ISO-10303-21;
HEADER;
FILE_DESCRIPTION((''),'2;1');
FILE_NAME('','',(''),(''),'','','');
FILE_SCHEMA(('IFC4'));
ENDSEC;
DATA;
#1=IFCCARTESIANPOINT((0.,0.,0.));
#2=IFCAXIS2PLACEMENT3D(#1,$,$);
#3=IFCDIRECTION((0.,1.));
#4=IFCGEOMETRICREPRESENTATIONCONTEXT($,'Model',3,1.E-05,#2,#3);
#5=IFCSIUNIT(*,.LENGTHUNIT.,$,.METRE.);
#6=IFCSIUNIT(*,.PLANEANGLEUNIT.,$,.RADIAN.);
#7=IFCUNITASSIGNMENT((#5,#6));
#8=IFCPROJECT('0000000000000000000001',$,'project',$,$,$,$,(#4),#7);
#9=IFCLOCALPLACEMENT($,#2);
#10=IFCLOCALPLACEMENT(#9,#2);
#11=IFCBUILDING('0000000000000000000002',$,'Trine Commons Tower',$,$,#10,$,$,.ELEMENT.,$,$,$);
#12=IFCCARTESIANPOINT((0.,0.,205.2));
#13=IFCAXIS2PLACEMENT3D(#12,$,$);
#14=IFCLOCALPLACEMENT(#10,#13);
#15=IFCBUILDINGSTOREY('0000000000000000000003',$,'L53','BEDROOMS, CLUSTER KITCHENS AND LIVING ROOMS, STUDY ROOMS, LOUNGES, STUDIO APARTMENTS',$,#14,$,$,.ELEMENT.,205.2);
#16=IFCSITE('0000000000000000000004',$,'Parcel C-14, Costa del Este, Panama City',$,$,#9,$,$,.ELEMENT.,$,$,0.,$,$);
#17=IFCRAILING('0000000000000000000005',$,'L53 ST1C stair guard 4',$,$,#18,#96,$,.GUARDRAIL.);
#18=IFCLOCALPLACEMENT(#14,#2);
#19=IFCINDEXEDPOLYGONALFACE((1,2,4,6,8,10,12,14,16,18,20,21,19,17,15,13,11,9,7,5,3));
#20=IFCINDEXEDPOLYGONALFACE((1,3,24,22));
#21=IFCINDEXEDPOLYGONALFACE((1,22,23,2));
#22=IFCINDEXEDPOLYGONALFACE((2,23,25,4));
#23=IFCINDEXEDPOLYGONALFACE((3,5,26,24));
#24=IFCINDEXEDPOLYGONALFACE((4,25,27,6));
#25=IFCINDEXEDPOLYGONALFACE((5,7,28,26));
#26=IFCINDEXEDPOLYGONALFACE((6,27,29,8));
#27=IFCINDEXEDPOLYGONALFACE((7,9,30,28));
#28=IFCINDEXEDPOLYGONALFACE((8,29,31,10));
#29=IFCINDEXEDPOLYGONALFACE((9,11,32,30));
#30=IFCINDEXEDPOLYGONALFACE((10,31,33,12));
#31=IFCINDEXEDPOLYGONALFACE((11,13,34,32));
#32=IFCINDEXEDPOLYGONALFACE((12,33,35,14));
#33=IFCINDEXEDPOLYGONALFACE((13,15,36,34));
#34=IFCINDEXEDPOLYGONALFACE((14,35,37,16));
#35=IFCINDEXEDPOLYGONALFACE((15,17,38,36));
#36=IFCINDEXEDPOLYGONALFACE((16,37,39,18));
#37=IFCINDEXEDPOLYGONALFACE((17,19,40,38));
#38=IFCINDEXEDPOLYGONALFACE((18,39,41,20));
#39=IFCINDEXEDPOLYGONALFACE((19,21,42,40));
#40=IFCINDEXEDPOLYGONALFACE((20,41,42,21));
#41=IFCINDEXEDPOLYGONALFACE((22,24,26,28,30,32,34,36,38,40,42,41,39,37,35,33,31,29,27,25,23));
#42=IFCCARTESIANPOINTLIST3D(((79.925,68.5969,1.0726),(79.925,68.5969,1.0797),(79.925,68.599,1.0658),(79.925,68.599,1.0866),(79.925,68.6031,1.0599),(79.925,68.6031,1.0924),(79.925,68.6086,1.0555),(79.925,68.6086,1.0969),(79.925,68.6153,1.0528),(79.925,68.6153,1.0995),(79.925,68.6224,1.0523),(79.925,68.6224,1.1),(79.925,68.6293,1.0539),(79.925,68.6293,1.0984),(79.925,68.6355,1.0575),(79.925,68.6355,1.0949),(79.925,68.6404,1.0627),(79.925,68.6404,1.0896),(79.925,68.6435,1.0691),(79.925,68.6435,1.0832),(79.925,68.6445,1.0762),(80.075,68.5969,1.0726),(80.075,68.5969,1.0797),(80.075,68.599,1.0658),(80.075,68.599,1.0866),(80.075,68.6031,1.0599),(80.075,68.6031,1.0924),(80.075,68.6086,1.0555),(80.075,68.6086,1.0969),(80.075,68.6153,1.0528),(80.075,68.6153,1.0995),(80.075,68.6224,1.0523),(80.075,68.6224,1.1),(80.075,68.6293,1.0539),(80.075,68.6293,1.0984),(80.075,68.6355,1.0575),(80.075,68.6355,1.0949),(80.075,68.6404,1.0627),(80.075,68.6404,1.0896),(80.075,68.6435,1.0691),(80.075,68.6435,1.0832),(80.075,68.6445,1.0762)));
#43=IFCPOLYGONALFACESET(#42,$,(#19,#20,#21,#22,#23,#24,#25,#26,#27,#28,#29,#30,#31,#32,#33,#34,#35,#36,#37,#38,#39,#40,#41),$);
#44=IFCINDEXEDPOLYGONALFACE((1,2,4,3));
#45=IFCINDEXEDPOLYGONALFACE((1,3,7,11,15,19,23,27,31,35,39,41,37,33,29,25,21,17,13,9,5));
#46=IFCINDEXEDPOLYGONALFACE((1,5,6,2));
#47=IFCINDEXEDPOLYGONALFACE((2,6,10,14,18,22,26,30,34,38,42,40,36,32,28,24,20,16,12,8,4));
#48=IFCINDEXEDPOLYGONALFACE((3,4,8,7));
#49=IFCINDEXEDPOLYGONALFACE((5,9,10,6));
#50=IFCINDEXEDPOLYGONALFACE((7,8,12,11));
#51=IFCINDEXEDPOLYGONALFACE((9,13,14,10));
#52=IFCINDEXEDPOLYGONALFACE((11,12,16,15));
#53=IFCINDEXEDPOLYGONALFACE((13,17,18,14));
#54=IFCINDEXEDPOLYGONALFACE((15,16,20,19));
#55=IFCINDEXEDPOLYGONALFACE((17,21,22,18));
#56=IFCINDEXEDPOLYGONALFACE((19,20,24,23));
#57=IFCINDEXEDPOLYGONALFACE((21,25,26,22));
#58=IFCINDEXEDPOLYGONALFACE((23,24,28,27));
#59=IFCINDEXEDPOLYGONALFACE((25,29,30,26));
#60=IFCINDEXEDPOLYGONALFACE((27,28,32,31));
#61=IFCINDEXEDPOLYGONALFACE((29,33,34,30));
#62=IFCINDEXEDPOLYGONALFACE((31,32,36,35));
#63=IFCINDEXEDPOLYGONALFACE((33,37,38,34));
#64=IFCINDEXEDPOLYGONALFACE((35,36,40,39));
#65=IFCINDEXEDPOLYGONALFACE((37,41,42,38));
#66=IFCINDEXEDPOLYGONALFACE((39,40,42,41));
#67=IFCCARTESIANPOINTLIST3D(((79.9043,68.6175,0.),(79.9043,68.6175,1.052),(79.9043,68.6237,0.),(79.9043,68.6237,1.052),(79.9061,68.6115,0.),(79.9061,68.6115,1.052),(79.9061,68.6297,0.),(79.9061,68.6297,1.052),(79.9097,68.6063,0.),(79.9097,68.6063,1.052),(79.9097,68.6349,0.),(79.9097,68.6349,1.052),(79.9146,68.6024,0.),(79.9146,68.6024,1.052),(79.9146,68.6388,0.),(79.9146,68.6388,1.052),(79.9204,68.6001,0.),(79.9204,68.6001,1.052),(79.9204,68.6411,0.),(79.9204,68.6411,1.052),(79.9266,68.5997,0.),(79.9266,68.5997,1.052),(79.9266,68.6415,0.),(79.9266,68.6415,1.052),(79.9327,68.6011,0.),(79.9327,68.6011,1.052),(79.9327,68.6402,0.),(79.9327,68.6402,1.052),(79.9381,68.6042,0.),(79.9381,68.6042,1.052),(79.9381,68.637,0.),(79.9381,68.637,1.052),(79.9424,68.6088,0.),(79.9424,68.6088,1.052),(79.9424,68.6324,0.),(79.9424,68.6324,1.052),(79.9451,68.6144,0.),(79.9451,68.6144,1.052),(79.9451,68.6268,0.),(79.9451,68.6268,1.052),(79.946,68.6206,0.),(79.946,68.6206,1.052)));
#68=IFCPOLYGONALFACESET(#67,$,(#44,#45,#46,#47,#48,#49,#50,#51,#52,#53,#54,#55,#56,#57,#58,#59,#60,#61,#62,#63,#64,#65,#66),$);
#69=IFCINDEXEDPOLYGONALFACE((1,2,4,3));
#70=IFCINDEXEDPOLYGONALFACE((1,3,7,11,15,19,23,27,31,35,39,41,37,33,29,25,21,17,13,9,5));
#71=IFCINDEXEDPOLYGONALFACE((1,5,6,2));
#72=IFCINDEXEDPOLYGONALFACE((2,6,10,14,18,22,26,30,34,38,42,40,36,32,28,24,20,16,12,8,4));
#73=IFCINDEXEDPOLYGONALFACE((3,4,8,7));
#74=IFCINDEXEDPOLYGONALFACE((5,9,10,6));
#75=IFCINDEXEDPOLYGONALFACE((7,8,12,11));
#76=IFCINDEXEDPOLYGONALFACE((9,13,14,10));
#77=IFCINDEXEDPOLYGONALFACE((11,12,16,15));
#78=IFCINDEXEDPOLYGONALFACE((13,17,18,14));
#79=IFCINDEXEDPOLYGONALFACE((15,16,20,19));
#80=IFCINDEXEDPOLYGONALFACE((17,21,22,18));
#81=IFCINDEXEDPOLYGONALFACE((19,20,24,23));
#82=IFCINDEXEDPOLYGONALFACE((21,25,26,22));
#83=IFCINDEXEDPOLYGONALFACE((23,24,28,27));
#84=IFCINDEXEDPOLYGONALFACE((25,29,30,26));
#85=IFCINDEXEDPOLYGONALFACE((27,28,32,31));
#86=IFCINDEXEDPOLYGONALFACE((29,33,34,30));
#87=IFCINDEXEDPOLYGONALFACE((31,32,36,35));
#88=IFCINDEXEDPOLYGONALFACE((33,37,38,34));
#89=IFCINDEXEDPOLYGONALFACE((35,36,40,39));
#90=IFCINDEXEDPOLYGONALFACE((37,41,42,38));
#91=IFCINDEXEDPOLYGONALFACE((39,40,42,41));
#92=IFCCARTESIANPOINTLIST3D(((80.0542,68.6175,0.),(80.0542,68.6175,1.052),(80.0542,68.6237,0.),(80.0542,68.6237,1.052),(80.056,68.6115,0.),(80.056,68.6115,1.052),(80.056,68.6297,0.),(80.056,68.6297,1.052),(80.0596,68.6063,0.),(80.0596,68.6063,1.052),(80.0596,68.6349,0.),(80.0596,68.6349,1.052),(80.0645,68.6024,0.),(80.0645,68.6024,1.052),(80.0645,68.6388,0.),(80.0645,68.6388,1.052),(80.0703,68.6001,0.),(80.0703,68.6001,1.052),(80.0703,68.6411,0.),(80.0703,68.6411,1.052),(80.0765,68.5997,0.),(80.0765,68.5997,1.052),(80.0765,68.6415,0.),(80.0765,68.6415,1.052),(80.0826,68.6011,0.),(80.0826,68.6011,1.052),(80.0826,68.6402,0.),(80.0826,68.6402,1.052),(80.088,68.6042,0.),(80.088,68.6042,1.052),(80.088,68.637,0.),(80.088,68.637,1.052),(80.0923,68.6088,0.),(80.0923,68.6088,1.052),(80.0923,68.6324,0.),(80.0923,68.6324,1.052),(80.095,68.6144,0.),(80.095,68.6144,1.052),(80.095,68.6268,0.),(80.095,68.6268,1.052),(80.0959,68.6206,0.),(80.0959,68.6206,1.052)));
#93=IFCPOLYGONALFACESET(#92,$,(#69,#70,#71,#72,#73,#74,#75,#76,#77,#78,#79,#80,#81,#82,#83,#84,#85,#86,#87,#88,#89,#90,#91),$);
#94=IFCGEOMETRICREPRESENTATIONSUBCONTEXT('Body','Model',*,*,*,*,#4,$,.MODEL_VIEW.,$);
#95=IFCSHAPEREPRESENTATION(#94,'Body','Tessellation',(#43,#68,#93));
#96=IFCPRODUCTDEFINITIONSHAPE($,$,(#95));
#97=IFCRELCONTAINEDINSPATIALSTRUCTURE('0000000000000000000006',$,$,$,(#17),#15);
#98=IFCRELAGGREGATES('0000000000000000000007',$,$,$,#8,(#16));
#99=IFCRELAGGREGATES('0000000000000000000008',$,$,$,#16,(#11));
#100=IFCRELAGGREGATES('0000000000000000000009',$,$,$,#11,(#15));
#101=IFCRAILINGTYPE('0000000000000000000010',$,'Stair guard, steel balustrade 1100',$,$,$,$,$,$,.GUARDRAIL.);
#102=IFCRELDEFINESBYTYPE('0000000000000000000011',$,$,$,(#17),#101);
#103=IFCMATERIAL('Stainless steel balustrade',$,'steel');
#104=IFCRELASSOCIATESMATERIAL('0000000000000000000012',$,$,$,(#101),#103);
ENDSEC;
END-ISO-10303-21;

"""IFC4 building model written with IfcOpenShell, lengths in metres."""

from ifc_helpers import new_model, si_unit, direction, frame, origin, origin_2d, place, context, subcontext, project, spatial, circle, extrude, material, type_object, element, save


model = new_model("IFC4")

# Units and contexts
model_context = context("Model", 3, precision=1e-05, world=origin(), true_north=direction((0.0, 1.0)))
body_context = subcontext(model_context, "Body", "Model", "MODEL_VIEW")
ifc_project = project(units=[si_unit("LENGTHUNIT", "METRE"), si_unit("PLANEANGLEUNIT", "RADIAN")], contexts=[model_context])

# Site, building, storey
site_placement = place(None, origin())
site = spatial("IfcSite", under=ifc_project, at=site_placement, Name="Parcel C-14, Costa del Este, Panama City", CompositionType="ELEMENT", RefElevation=0.0)
building_placement = place(site_placement, origin())
building = spatial("IfcBuilding", under=site, at=building_placement, Name="Trine Commons Tower", CompositionType="ELEMENT")
storey_placement = place(building_placement, frame((0.0, 0.0, 205.2)))
storey = spatial("IfcBuildingStorey", under=building, at=storey_placement, Name="L53", Description="BEDROOMS, CLUSTER KITCHENS AND LIVING ROOMS, STUDY ROOMS, LOUNGES, STUDIO APARTMENTS", CompositionType="ELEMENT", Elevation=205.2)

# Railing
ifc_material_1 = material(Name="Stainless steel balustrade", Category="steel")
railing_type_1 = type_object("IfcRailingType", Name="Stair guard, steel balustrade 1100", PredefinedType="GUARDRAIL", material=ifc_material_1)
railing_1_placement = place(storey_placement, frame((79.925, 68.6206, 0.0)))
element("IfcRailing", 1, at=railing_1_placement, inside=storey, type_object=railing_type_1, Name="L53 ST1C stair guard 4", PredefinedType="GUARDRAIL", context=body_context, shape_type="SweptSolid", body=[
    extrude(circle(Radius=0.0239, at=origin_2d()), frame((0.0, 0.0, 1.0762), z_axis=(1.0, 0.0, 0.0), x_axis=(0.0, 1.0, 0.0)), (0.0, 0.0, 1.0), 0.1499),
    extrude(circle(Radius=0.021, at=origin_2d()), origin(), (0.0, 0.0, 1.0), 1.052),
    extrude(circle(Radius=0.021, at=origin_2d()), frame((0.1499, 0.0, 0.0)), (0.0, 0.0, 1.0), 1.052),
])

save(model, "model.ifc")
